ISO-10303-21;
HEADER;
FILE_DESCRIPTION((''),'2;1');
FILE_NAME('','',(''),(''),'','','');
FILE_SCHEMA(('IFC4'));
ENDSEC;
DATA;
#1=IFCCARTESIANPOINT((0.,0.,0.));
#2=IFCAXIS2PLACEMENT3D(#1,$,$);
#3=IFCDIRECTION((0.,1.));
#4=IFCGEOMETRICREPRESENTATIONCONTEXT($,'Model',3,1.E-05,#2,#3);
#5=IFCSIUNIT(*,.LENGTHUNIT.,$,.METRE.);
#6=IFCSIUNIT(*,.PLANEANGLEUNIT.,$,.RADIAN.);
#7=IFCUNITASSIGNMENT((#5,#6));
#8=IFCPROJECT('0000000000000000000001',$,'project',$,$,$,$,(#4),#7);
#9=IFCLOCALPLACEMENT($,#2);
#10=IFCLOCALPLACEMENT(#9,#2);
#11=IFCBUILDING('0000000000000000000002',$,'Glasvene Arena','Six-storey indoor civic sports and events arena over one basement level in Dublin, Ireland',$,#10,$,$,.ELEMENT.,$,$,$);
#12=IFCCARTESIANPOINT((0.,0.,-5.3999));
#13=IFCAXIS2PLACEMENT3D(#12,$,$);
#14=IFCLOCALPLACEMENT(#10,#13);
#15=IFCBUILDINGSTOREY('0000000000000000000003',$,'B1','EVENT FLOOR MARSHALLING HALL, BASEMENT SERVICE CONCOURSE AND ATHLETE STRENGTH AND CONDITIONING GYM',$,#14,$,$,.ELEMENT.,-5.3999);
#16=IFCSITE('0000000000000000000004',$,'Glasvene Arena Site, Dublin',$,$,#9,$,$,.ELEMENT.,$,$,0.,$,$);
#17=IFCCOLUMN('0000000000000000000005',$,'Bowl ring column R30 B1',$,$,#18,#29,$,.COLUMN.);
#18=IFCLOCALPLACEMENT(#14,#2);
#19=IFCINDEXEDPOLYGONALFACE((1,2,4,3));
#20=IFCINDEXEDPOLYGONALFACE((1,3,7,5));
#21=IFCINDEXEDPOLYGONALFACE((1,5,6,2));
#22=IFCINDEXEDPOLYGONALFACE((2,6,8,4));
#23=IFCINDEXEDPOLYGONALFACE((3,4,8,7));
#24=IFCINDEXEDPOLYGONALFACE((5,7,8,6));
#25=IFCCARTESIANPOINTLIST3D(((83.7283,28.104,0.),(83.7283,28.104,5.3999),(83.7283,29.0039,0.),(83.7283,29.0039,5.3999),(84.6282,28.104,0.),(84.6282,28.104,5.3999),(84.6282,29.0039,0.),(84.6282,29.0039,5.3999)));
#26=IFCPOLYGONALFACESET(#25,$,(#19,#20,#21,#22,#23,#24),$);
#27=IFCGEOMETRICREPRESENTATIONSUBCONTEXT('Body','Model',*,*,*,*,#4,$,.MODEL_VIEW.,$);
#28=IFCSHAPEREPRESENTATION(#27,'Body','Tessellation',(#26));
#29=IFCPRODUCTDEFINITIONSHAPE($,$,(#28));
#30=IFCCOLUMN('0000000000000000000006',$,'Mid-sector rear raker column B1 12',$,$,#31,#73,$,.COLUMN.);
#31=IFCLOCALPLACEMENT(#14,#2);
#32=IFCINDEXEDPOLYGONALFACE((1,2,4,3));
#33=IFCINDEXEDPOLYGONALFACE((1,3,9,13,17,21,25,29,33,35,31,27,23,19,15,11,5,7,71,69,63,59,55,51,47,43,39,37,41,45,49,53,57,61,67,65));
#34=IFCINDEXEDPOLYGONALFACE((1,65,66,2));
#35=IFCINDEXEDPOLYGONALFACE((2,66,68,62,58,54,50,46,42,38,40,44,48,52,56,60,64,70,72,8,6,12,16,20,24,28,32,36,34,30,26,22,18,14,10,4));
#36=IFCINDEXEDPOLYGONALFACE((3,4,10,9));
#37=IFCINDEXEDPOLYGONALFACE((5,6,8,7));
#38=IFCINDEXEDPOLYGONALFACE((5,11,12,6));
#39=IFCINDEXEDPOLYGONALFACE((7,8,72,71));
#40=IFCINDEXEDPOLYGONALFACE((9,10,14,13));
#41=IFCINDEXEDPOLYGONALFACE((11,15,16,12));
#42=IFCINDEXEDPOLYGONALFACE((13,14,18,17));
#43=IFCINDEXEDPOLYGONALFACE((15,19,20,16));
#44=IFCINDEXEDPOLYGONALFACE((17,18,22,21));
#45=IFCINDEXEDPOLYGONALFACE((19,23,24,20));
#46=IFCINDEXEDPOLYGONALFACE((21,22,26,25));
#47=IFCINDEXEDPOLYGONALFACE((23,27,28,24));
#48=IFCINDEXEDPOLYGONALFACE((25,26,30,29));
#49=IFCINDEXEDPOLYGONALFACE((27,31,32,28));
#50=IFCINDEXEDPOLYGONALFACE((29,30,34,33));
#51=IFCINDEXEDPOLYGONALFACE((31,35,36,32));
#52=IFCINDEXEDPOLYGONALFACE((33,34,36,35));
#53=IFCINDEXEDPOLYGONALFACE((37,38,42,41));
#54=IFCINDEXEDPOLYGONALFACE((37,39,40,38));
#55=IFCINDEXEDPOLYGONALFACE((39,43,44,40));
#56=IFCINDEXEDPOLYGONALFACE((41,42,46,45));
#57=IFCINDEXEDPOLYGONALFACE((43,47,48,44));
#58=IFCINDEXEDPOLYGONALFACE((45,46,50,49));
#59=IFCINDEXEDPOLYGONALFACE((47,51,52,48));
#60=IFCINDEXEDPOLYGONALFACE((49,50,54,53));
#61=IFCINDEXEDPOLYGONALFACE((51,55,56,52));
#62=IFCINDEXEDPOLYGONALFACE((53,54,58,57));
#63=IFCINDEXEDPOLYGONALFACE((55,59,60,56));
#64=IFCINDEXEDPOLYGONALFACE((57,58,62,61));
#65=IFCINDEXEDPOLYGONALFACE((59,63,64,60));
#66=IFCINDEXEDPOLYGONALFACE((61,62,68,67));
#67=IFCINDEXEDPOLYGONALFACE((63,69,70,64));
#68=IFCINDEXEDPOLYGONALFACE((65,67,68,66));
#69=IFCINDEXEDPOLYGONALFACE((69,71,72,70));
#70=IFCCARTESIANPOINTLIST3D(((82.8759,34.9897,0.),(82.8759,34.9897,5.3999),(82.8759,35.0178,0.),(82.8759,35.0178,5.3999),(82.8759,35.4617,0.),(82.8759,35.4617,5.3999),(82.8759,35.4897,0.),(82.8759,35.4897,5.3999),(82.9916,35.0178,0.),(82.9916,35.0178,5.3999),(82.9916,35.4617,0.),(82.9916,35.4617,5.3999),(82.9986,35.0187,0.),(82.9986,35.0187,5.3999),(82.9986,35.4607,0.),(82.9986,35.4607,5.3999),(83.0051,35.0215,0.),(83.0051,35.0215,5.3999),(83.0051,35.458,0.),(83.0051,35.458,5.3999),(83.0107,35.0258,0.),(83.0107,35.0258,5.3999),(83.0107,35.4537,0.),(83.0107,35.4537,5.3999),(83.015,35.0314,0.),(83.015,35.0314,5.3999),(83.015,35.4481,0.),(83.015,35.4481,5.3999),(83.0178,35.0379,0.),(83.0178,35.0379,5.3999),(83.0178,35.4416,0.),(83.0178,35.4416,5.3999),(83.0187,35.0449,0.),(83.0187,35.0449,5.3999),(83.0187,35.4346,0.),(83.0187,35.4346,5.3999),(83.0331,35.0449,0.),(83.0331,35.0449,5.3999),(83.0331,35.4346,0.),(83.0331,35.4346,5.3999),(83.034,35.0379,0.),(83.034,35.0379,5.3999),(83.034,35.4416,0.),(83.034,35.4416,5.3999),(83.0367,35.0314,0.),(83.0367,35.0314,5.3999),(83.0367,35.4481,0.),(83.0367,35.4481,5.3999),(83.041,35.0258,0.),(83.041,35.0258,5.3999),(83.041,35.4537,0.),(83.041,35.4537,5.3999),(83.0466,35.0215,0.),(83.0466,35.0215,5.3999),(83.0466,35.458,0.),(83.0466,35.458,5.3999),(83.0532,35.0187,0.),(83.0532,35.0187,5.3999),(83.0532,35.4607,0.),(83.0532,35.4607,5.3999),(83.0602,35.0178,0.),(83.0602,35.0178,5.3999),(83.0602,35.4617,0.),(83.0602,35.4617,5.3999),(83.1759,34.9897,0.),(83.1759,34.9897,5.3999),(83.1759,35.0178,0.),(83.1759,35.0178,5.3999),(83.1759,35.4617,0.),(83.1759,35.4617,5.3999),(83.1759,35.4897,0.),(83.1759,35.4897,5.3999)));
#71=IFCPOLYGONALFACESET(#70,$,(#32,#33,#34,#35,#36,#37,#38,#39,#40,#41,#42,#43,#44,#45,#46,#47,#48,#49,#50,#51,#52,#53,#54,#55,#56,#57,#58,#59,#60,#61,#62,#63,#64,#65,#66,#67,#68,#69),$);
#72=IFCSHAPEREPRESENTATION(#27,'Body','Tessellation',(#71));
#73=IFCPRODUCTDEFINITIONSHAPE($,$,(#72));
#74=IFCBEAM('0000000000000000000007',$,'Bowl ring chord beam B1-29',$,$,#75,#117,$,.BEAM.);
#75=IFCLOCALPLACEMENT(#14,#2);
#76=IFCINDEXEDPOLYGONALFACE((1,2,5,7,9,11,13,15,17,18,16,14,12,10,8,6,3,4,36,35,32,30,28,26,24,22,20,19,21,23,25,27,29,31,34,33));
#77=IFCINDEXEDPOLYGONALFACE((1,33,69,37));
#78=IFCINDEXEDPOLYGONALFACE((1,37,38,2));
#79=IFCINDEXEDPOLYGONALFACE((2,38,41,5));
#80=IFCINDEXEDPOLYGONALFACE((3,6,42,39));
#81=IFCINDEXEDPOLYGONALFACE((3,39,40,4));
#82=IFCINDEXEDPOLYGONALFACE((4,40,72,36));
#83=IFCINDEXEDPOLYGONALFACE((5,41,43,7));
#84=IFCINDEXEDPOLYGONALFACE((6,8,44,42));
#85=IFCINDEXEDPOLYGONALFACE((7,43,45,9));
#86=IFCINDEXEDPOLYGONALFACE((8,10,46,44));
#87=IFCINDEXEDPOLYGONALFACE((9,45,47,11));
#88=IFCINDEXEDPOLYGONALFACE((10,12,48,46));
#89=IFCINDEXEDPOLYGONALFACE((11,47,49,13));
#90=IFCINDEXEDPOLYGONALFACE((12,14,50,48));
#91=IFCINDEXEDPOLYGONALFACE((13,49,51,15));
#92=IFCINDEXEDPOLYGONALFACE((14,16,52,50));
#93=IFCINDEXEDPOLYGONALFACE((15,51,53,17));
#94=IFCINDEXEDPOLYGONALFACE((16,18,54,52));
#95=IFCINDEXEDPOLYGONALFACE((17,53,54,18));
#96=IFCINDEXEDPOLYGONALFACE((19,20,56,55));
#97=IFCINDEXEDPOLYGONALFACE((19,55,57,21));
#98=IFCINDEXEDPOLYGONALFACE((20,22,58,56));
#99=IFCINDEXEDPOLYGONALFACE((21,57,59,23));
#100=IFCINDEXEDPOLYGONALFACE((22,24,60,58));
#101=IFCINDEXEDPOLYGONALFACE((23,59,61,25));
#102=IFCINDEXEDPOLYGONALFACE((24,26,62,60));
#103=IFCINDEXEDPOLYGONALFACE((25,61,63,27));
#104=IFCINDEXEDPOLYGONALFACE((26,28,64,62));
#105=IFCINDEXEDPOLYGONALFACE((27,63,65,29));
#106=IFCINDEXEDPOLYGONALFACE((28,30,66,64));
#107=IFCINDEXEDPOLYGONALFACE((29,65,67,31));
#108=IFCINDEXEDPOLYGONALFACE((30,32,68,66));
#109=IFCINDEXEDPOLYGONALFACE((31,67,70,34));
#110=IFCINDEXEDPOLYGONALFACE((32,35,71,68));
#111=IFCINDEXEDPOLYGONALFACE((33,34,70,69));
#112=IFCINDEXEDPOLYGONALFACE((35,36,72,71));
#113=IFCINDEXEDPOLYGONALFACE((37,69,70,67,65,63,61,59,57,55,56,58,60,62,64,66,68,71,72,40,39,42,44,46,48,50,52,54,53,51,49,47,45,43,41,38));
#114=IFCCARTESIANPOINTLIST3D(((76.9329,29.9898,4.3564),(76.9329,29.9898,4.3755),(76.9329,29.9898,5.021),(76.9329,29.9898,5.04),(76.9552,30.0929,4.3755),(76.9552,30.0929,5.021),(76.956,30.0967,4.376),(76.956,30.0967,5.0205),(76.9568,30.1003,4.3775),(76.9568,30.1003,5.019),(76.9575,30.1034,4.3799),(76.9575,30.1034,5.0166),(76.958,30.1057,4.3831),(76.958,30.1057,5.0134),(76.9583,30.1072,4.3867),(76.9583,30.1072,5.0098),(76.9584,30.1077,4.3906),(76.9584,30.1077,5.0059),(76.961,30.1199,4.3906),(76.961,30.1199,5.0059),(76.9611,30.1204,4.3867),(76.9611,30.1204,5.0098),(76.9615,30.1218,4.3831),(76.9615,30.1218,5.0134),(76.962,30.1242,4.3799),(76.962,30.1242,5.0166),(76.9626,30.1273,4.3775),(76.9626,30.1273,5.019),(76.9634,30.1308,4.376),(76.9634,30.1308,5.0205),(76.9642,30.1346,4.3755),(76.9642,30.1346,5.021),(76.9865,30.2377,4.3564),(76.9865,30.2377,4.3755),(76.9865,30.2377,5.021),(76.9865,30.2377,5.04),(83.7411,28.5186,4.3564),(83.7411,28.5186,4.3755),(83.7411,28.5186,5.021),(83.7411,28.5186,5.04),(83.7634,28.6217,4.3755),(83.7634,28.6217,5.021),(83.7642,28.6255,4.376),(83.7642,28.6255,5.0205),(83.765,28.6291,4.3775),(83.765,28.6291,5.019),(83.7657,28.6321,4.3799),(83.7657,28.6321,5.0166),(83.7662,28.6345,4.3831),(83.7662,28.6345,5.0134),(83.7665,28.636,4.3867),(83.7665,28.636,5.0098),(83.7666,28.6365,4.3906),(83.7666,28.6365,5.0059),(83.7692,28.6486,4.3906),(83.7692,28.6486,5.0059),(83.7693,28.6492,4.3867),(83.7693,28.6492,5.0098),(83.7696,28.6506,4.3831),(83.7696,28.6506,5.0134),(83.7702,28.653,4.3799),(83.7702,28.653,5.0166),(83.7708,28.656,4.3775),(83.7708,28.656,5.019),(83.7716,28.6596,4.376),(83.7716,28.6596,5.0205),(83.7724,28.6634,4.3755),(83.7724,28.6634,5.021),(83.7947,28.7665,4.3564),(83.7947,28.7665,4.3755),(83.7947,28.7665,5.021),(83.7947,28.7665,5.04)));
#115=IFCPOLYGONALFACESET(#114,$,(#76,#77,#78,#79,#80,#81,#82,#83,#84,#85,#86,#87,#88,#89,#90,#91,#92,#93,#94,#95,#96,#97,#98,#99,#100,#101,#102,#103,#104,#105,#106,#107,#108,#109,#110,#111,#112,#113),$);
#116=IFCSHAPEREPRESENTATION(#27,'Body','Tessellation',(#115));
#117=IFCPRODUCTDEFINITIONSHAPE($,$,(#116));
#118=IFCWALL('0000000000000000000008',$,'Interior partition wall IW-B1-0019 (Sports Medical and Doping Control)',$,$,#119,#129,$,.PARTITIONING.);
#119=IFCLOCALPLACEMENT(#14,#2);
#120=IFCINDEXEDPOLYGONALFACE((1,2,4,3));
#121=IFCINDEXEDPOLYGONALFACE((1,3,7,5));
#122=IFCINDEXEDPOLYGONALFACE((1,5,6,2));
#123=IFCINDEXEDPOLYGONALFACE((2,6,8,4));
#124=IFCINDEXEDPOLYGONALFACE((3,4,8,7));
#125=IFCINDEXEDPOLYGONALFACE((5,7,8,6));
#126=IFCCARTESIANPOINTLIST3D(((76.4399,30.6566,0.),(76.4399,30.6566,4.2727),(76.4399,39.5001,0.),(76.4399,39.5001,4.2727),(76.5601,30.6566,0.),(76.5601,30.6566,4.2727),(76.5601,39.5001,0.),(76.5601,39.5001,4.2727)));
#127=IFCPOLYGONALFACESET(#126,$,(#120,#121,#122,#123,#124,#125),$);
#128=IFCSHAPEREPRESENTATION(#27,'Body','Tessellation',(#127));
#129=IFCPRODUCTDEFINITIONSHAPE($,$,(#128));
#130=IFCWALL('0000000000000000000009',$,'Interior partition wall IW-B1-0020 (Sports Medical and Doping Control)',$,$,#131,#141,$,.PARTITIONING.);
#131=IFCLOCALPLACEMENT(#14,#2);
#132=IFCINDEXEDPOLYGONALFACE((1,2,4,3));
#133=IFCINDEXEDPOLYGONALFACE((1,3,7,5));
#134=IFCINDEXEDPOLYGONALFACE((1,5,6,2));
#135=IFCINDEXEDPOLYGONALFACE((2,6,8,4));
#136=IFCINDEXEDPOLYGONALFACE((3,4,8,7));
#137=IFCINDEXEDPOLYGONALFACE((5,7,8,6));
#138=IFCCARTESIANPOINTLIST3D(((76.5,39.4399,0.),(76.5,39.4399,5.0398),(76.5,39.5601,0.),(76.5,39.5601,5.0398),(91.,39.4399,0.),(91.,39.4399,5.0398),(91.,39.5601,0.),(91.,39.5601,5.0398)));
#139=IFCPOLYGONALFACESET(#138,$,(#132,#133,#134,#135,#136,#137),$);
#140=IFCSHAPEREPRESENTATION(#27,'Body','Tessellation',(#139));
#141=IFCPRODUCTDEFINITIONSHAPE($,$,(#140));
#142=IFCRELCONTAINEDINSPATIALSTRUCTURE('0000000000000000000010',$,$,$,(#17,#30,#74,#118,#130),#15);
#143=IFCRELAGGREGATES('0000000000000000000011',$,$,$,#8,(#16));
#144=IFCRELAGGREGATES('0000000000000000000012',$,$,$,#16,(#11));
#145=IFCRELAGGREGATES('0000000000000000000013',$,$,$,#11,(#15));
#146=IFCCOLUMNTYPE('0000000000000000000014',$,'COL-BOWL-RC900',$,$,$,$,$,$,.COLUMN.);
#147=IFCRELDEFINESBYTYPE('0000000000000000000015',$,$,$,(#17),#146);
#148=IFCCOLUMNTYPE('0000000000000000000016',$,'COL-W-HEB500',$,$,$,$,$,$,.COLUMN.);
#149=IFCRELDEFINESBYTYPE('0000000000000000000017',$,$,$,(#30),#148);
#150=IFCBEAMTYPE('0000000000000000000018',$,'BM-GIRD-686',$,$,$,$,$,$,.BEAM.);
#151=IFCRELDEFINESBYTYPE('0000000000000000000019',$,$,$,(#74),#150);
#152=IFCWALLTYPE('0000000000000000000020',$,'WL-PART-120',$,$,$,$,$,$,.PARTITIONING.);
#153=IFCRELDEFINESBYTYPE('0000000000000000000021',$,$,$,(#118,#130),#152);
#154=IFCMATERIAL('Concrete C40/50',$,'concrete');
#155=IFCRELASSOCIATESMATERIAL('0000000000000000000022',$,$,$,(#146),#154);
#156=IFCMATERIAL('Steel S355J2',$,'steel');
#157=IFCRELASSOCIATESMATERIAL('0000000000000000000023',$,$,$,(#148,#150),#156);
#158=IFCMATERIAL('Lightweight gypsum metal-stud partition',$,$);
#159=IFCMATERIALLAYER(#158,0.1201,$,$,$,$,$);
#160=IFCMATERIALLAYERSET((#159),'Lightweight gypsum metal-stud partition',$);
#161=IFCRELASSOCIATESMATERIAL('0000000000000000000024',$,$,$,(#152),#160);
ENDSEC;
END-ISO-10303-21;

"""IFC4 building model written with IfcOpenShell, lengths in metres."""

from ifc_helpers import new_model, si_unit, direction, frame, frame_2d, origin, origin_2d, place, context, subcontext, project, spatial, rectangle, i_section, extrude, material, layer, layer_set, material_profile, profile_set, type_object, element, save


model = new_model("IFC4")

# Units and contexts
model_context = context("Model", 3, precision=1e-05, world=origin(), true_north=direction((0.0, 1.0)))
body_context = subcontext(model_context, "Body", "Model", "MODEL_VIEW")
ifc_project = project(units=[si_unit("LENGTHUNIT", "METRE"), si_unit("PLANEANGLEUNIT", "RADIAN")], contexts=[model_context])

# Site, building, storey
site_placement = place(None, origin())
site = spatial("IfcSite", under=ifc_project, at=site_placement, Name="Glasvene Arena Site, Dublin", CompositionType="ELEMENT", RefElevation=0.0)
building_placement = place(site_placement, origin())
building = spatial("IfcBuilding", under=site, at=building_placement, Name="Glasvene Arena", Description="Six-storey indoor civic sports and events arena over one basement level in Dublin, Ireland", CompositionType="ELEMENT")
storey_placement = place(building_placement, frame((0.0, 0.0, -5.3999)))
storey = spatial("IfcBuildingStorey", under=building, at=storey_placement, Name="B1", Description="EVENT FLOOR MARSHALLING HALL, BASEMENT SERVICE CONCOURSE AND ATHLETE STRENGTH AND CONDITIONING GYM", CompositionType="ELEMENT", Elevation=-5.3999)

# Shared definitions
ifc_material_1 = material(Name="Concrete C40/50", Category="concrete")

# Columns
ifc_material_profile_1 = material_profile(ifc_material_1, rectangle(XDim=0.8999, YDim=0.8999, at=origin_2d()), Name="RC 900x900")
ifc_profile_set_1 = profile_set([ifc_material_profile_1], Name="Concrete C40/50")
column_type_1 = type_object("IfcColumnType", Name="COL-BOWL-RC900", PredefinedType="COLUMN", material=ifc_profile_set_1)
for number, where, z_axis, x_axis, name in (
    (1, (84.1782, 28.554, 0.0), (0.0, 0.0, 1.0), (1.0, 0.0, 0.0), "Bowl ring column R30 B1"),
):
    element("IfcColumn", number, at=place(storey_placement, frame(where, z_axis=z_axis, x_axis=x_axis)), inside=storey, type_object=column_type_1, Name=name, PredefinedType="COLUMN", context=body_context, shape_type="SweptSolid", body=[
        extrude(rectangle(XDim=0.8999, YDim=0.8999, at=origin_2d()), origin(), (0.0, 0.0, 1.0), 5.3999),
    ])
ifc_material_2 = material(Name="Steel S355J2", Category="steel")
ifc_material_profile_2 = material_profile(ifc_material_2, i_section(OverallWidth=0.3, OverallDepth=0.5, WebThickness=0.0144, FlangeThickness=0.0281, FilletRadius=0.0271, at=origin_2d()), Name="HEB 500")
ifc_profile_set_2 = profile_set([ifc_material_profile_2], Name="Steel S355J2")
column_type_2 = type_object("IfcColumnType", Name="COL-W-HEB500", PredefinedType="COLUMN", material=ifc_profile_set_2)
column_placement = place(storey_placement, frame((83.0259, 35.2397, 0.0), z_axis=(0.0, 0.0, 1.0), x_axis=(1.0, 0.0, 0.0)))
element("IfcColumn", 2, at=column_placement, inside=storey, type_object=column_type_2, Name="Mid-sector rear raker column B1 12", PredefinedType="COLUMN", context=body_context, shape_type="SweptSolid", body=[
    extrude(i_section(OverallWidth=0.3, OverallDepth=0.5, WebThickness=0.0144, FlangeThickness=0.0281, FilletRadius=0.0271, at=origin_2d()), origin(), (0.0, 0.0, 1.0), 5.3999),
])

# Beam
ifc_material_profile_3 = material_profile(ifc_material_2, i_section(OverallWidth=0.2537, OverallDepth=0.6836, WebThickness=0.0125, FlangeThickness=0.019, FilletRadius=0.0151, at=origin_2d()), Name="UKB 686x254x140")
ifc_profile_set_3 = profile_set([ifc_material_profile_3], Name="Steel S355J2")
beam_type = type_object("IfcBeamType", Name="BM-GIRD-686", PredefinedType="BEAM", material=ifc_profile_set_3)
beam_placement = place(storey_placement, frame((76.9597, 30.1138, 4.6982), z_axis=(0.977439, -0.211219, 0.0), x_axis=(0.211219, 0.977439, 0.0)))
element("IfcBeam", 3, at=beam_placement, inside=storey, type_object=beam_type, Name="Bowl ring chord beam B1-29", PredefinedType="BEAM", context=body_context, shape_type="SweptSolid", body=[
    extrude(i_section(OverallWidth=0.2537, OverallDepth=0.6836, WebThickness=0.0125, FlangeThickness=0.019, FilletRadius=0.0151, at=origin_2d()), origin(), (0.0, 0.0, 1.0), 6.9653),
])

# Walls
ifc_material_3 = material(Name="Lightweight gypsum metal-stud partition")
ifc_layer = layer(ifc_material_3, 0.1201)
ifc_layer_set = layer_set([ifc_layer], Name="Lightweight gypsum metal-stud partition")
wall_type = type_object("IfcWallType", Name="WL-PART-120", PredefinedType="PARTITIONING", material=ifc_layer_set)
wall_1_placement = place(storey_placement, frame((76.5, 30.6565, 0.0), z_axis=(0.0, 0.0, 1.0), x_axis=(0.0, 1.0, 0.0)))
element("IfcWall", 4, at=wall_1_placement, inside=storey, type_object=wall_type, Name="Interior partition wall IW-B1-0019 (Sports Medical and Doping Control)", PredefinedType="PARTITIONING", context=body_context, shape_type="SweptSolid", body=[
    extrude(rectangle(XDim=8.8435, YDim=0.1201, at=frame_2d((4.4219, 0.0))), origin(), (0.0, 0.0, 1.0), 4.2727),
])
wall_2_placement = place(storey_placement, frame((76.5, 39.5, 0.0), z_axis=(0.0, 0.0, 1.0), x_axis=(1.0, 0.0, 0.0)))
element("IfcWall", 5, at=wall_2_placement, inside=storey, type_object=wall_type, Name="Interior partition wall IW-B1-0020 (Sports Medical and Doping Control)", PredefinedType="PARTITIONING", context=body_context, shape_type="SweptSolid", body=[
    extrude(rectangle(XDim=14.5, YDim=0.1201, at=frame_2d((7.25, 0.0))), origin(), (0.0, 0.0, 1.0), 5.0398),
])

save(model, "model.ifc")
